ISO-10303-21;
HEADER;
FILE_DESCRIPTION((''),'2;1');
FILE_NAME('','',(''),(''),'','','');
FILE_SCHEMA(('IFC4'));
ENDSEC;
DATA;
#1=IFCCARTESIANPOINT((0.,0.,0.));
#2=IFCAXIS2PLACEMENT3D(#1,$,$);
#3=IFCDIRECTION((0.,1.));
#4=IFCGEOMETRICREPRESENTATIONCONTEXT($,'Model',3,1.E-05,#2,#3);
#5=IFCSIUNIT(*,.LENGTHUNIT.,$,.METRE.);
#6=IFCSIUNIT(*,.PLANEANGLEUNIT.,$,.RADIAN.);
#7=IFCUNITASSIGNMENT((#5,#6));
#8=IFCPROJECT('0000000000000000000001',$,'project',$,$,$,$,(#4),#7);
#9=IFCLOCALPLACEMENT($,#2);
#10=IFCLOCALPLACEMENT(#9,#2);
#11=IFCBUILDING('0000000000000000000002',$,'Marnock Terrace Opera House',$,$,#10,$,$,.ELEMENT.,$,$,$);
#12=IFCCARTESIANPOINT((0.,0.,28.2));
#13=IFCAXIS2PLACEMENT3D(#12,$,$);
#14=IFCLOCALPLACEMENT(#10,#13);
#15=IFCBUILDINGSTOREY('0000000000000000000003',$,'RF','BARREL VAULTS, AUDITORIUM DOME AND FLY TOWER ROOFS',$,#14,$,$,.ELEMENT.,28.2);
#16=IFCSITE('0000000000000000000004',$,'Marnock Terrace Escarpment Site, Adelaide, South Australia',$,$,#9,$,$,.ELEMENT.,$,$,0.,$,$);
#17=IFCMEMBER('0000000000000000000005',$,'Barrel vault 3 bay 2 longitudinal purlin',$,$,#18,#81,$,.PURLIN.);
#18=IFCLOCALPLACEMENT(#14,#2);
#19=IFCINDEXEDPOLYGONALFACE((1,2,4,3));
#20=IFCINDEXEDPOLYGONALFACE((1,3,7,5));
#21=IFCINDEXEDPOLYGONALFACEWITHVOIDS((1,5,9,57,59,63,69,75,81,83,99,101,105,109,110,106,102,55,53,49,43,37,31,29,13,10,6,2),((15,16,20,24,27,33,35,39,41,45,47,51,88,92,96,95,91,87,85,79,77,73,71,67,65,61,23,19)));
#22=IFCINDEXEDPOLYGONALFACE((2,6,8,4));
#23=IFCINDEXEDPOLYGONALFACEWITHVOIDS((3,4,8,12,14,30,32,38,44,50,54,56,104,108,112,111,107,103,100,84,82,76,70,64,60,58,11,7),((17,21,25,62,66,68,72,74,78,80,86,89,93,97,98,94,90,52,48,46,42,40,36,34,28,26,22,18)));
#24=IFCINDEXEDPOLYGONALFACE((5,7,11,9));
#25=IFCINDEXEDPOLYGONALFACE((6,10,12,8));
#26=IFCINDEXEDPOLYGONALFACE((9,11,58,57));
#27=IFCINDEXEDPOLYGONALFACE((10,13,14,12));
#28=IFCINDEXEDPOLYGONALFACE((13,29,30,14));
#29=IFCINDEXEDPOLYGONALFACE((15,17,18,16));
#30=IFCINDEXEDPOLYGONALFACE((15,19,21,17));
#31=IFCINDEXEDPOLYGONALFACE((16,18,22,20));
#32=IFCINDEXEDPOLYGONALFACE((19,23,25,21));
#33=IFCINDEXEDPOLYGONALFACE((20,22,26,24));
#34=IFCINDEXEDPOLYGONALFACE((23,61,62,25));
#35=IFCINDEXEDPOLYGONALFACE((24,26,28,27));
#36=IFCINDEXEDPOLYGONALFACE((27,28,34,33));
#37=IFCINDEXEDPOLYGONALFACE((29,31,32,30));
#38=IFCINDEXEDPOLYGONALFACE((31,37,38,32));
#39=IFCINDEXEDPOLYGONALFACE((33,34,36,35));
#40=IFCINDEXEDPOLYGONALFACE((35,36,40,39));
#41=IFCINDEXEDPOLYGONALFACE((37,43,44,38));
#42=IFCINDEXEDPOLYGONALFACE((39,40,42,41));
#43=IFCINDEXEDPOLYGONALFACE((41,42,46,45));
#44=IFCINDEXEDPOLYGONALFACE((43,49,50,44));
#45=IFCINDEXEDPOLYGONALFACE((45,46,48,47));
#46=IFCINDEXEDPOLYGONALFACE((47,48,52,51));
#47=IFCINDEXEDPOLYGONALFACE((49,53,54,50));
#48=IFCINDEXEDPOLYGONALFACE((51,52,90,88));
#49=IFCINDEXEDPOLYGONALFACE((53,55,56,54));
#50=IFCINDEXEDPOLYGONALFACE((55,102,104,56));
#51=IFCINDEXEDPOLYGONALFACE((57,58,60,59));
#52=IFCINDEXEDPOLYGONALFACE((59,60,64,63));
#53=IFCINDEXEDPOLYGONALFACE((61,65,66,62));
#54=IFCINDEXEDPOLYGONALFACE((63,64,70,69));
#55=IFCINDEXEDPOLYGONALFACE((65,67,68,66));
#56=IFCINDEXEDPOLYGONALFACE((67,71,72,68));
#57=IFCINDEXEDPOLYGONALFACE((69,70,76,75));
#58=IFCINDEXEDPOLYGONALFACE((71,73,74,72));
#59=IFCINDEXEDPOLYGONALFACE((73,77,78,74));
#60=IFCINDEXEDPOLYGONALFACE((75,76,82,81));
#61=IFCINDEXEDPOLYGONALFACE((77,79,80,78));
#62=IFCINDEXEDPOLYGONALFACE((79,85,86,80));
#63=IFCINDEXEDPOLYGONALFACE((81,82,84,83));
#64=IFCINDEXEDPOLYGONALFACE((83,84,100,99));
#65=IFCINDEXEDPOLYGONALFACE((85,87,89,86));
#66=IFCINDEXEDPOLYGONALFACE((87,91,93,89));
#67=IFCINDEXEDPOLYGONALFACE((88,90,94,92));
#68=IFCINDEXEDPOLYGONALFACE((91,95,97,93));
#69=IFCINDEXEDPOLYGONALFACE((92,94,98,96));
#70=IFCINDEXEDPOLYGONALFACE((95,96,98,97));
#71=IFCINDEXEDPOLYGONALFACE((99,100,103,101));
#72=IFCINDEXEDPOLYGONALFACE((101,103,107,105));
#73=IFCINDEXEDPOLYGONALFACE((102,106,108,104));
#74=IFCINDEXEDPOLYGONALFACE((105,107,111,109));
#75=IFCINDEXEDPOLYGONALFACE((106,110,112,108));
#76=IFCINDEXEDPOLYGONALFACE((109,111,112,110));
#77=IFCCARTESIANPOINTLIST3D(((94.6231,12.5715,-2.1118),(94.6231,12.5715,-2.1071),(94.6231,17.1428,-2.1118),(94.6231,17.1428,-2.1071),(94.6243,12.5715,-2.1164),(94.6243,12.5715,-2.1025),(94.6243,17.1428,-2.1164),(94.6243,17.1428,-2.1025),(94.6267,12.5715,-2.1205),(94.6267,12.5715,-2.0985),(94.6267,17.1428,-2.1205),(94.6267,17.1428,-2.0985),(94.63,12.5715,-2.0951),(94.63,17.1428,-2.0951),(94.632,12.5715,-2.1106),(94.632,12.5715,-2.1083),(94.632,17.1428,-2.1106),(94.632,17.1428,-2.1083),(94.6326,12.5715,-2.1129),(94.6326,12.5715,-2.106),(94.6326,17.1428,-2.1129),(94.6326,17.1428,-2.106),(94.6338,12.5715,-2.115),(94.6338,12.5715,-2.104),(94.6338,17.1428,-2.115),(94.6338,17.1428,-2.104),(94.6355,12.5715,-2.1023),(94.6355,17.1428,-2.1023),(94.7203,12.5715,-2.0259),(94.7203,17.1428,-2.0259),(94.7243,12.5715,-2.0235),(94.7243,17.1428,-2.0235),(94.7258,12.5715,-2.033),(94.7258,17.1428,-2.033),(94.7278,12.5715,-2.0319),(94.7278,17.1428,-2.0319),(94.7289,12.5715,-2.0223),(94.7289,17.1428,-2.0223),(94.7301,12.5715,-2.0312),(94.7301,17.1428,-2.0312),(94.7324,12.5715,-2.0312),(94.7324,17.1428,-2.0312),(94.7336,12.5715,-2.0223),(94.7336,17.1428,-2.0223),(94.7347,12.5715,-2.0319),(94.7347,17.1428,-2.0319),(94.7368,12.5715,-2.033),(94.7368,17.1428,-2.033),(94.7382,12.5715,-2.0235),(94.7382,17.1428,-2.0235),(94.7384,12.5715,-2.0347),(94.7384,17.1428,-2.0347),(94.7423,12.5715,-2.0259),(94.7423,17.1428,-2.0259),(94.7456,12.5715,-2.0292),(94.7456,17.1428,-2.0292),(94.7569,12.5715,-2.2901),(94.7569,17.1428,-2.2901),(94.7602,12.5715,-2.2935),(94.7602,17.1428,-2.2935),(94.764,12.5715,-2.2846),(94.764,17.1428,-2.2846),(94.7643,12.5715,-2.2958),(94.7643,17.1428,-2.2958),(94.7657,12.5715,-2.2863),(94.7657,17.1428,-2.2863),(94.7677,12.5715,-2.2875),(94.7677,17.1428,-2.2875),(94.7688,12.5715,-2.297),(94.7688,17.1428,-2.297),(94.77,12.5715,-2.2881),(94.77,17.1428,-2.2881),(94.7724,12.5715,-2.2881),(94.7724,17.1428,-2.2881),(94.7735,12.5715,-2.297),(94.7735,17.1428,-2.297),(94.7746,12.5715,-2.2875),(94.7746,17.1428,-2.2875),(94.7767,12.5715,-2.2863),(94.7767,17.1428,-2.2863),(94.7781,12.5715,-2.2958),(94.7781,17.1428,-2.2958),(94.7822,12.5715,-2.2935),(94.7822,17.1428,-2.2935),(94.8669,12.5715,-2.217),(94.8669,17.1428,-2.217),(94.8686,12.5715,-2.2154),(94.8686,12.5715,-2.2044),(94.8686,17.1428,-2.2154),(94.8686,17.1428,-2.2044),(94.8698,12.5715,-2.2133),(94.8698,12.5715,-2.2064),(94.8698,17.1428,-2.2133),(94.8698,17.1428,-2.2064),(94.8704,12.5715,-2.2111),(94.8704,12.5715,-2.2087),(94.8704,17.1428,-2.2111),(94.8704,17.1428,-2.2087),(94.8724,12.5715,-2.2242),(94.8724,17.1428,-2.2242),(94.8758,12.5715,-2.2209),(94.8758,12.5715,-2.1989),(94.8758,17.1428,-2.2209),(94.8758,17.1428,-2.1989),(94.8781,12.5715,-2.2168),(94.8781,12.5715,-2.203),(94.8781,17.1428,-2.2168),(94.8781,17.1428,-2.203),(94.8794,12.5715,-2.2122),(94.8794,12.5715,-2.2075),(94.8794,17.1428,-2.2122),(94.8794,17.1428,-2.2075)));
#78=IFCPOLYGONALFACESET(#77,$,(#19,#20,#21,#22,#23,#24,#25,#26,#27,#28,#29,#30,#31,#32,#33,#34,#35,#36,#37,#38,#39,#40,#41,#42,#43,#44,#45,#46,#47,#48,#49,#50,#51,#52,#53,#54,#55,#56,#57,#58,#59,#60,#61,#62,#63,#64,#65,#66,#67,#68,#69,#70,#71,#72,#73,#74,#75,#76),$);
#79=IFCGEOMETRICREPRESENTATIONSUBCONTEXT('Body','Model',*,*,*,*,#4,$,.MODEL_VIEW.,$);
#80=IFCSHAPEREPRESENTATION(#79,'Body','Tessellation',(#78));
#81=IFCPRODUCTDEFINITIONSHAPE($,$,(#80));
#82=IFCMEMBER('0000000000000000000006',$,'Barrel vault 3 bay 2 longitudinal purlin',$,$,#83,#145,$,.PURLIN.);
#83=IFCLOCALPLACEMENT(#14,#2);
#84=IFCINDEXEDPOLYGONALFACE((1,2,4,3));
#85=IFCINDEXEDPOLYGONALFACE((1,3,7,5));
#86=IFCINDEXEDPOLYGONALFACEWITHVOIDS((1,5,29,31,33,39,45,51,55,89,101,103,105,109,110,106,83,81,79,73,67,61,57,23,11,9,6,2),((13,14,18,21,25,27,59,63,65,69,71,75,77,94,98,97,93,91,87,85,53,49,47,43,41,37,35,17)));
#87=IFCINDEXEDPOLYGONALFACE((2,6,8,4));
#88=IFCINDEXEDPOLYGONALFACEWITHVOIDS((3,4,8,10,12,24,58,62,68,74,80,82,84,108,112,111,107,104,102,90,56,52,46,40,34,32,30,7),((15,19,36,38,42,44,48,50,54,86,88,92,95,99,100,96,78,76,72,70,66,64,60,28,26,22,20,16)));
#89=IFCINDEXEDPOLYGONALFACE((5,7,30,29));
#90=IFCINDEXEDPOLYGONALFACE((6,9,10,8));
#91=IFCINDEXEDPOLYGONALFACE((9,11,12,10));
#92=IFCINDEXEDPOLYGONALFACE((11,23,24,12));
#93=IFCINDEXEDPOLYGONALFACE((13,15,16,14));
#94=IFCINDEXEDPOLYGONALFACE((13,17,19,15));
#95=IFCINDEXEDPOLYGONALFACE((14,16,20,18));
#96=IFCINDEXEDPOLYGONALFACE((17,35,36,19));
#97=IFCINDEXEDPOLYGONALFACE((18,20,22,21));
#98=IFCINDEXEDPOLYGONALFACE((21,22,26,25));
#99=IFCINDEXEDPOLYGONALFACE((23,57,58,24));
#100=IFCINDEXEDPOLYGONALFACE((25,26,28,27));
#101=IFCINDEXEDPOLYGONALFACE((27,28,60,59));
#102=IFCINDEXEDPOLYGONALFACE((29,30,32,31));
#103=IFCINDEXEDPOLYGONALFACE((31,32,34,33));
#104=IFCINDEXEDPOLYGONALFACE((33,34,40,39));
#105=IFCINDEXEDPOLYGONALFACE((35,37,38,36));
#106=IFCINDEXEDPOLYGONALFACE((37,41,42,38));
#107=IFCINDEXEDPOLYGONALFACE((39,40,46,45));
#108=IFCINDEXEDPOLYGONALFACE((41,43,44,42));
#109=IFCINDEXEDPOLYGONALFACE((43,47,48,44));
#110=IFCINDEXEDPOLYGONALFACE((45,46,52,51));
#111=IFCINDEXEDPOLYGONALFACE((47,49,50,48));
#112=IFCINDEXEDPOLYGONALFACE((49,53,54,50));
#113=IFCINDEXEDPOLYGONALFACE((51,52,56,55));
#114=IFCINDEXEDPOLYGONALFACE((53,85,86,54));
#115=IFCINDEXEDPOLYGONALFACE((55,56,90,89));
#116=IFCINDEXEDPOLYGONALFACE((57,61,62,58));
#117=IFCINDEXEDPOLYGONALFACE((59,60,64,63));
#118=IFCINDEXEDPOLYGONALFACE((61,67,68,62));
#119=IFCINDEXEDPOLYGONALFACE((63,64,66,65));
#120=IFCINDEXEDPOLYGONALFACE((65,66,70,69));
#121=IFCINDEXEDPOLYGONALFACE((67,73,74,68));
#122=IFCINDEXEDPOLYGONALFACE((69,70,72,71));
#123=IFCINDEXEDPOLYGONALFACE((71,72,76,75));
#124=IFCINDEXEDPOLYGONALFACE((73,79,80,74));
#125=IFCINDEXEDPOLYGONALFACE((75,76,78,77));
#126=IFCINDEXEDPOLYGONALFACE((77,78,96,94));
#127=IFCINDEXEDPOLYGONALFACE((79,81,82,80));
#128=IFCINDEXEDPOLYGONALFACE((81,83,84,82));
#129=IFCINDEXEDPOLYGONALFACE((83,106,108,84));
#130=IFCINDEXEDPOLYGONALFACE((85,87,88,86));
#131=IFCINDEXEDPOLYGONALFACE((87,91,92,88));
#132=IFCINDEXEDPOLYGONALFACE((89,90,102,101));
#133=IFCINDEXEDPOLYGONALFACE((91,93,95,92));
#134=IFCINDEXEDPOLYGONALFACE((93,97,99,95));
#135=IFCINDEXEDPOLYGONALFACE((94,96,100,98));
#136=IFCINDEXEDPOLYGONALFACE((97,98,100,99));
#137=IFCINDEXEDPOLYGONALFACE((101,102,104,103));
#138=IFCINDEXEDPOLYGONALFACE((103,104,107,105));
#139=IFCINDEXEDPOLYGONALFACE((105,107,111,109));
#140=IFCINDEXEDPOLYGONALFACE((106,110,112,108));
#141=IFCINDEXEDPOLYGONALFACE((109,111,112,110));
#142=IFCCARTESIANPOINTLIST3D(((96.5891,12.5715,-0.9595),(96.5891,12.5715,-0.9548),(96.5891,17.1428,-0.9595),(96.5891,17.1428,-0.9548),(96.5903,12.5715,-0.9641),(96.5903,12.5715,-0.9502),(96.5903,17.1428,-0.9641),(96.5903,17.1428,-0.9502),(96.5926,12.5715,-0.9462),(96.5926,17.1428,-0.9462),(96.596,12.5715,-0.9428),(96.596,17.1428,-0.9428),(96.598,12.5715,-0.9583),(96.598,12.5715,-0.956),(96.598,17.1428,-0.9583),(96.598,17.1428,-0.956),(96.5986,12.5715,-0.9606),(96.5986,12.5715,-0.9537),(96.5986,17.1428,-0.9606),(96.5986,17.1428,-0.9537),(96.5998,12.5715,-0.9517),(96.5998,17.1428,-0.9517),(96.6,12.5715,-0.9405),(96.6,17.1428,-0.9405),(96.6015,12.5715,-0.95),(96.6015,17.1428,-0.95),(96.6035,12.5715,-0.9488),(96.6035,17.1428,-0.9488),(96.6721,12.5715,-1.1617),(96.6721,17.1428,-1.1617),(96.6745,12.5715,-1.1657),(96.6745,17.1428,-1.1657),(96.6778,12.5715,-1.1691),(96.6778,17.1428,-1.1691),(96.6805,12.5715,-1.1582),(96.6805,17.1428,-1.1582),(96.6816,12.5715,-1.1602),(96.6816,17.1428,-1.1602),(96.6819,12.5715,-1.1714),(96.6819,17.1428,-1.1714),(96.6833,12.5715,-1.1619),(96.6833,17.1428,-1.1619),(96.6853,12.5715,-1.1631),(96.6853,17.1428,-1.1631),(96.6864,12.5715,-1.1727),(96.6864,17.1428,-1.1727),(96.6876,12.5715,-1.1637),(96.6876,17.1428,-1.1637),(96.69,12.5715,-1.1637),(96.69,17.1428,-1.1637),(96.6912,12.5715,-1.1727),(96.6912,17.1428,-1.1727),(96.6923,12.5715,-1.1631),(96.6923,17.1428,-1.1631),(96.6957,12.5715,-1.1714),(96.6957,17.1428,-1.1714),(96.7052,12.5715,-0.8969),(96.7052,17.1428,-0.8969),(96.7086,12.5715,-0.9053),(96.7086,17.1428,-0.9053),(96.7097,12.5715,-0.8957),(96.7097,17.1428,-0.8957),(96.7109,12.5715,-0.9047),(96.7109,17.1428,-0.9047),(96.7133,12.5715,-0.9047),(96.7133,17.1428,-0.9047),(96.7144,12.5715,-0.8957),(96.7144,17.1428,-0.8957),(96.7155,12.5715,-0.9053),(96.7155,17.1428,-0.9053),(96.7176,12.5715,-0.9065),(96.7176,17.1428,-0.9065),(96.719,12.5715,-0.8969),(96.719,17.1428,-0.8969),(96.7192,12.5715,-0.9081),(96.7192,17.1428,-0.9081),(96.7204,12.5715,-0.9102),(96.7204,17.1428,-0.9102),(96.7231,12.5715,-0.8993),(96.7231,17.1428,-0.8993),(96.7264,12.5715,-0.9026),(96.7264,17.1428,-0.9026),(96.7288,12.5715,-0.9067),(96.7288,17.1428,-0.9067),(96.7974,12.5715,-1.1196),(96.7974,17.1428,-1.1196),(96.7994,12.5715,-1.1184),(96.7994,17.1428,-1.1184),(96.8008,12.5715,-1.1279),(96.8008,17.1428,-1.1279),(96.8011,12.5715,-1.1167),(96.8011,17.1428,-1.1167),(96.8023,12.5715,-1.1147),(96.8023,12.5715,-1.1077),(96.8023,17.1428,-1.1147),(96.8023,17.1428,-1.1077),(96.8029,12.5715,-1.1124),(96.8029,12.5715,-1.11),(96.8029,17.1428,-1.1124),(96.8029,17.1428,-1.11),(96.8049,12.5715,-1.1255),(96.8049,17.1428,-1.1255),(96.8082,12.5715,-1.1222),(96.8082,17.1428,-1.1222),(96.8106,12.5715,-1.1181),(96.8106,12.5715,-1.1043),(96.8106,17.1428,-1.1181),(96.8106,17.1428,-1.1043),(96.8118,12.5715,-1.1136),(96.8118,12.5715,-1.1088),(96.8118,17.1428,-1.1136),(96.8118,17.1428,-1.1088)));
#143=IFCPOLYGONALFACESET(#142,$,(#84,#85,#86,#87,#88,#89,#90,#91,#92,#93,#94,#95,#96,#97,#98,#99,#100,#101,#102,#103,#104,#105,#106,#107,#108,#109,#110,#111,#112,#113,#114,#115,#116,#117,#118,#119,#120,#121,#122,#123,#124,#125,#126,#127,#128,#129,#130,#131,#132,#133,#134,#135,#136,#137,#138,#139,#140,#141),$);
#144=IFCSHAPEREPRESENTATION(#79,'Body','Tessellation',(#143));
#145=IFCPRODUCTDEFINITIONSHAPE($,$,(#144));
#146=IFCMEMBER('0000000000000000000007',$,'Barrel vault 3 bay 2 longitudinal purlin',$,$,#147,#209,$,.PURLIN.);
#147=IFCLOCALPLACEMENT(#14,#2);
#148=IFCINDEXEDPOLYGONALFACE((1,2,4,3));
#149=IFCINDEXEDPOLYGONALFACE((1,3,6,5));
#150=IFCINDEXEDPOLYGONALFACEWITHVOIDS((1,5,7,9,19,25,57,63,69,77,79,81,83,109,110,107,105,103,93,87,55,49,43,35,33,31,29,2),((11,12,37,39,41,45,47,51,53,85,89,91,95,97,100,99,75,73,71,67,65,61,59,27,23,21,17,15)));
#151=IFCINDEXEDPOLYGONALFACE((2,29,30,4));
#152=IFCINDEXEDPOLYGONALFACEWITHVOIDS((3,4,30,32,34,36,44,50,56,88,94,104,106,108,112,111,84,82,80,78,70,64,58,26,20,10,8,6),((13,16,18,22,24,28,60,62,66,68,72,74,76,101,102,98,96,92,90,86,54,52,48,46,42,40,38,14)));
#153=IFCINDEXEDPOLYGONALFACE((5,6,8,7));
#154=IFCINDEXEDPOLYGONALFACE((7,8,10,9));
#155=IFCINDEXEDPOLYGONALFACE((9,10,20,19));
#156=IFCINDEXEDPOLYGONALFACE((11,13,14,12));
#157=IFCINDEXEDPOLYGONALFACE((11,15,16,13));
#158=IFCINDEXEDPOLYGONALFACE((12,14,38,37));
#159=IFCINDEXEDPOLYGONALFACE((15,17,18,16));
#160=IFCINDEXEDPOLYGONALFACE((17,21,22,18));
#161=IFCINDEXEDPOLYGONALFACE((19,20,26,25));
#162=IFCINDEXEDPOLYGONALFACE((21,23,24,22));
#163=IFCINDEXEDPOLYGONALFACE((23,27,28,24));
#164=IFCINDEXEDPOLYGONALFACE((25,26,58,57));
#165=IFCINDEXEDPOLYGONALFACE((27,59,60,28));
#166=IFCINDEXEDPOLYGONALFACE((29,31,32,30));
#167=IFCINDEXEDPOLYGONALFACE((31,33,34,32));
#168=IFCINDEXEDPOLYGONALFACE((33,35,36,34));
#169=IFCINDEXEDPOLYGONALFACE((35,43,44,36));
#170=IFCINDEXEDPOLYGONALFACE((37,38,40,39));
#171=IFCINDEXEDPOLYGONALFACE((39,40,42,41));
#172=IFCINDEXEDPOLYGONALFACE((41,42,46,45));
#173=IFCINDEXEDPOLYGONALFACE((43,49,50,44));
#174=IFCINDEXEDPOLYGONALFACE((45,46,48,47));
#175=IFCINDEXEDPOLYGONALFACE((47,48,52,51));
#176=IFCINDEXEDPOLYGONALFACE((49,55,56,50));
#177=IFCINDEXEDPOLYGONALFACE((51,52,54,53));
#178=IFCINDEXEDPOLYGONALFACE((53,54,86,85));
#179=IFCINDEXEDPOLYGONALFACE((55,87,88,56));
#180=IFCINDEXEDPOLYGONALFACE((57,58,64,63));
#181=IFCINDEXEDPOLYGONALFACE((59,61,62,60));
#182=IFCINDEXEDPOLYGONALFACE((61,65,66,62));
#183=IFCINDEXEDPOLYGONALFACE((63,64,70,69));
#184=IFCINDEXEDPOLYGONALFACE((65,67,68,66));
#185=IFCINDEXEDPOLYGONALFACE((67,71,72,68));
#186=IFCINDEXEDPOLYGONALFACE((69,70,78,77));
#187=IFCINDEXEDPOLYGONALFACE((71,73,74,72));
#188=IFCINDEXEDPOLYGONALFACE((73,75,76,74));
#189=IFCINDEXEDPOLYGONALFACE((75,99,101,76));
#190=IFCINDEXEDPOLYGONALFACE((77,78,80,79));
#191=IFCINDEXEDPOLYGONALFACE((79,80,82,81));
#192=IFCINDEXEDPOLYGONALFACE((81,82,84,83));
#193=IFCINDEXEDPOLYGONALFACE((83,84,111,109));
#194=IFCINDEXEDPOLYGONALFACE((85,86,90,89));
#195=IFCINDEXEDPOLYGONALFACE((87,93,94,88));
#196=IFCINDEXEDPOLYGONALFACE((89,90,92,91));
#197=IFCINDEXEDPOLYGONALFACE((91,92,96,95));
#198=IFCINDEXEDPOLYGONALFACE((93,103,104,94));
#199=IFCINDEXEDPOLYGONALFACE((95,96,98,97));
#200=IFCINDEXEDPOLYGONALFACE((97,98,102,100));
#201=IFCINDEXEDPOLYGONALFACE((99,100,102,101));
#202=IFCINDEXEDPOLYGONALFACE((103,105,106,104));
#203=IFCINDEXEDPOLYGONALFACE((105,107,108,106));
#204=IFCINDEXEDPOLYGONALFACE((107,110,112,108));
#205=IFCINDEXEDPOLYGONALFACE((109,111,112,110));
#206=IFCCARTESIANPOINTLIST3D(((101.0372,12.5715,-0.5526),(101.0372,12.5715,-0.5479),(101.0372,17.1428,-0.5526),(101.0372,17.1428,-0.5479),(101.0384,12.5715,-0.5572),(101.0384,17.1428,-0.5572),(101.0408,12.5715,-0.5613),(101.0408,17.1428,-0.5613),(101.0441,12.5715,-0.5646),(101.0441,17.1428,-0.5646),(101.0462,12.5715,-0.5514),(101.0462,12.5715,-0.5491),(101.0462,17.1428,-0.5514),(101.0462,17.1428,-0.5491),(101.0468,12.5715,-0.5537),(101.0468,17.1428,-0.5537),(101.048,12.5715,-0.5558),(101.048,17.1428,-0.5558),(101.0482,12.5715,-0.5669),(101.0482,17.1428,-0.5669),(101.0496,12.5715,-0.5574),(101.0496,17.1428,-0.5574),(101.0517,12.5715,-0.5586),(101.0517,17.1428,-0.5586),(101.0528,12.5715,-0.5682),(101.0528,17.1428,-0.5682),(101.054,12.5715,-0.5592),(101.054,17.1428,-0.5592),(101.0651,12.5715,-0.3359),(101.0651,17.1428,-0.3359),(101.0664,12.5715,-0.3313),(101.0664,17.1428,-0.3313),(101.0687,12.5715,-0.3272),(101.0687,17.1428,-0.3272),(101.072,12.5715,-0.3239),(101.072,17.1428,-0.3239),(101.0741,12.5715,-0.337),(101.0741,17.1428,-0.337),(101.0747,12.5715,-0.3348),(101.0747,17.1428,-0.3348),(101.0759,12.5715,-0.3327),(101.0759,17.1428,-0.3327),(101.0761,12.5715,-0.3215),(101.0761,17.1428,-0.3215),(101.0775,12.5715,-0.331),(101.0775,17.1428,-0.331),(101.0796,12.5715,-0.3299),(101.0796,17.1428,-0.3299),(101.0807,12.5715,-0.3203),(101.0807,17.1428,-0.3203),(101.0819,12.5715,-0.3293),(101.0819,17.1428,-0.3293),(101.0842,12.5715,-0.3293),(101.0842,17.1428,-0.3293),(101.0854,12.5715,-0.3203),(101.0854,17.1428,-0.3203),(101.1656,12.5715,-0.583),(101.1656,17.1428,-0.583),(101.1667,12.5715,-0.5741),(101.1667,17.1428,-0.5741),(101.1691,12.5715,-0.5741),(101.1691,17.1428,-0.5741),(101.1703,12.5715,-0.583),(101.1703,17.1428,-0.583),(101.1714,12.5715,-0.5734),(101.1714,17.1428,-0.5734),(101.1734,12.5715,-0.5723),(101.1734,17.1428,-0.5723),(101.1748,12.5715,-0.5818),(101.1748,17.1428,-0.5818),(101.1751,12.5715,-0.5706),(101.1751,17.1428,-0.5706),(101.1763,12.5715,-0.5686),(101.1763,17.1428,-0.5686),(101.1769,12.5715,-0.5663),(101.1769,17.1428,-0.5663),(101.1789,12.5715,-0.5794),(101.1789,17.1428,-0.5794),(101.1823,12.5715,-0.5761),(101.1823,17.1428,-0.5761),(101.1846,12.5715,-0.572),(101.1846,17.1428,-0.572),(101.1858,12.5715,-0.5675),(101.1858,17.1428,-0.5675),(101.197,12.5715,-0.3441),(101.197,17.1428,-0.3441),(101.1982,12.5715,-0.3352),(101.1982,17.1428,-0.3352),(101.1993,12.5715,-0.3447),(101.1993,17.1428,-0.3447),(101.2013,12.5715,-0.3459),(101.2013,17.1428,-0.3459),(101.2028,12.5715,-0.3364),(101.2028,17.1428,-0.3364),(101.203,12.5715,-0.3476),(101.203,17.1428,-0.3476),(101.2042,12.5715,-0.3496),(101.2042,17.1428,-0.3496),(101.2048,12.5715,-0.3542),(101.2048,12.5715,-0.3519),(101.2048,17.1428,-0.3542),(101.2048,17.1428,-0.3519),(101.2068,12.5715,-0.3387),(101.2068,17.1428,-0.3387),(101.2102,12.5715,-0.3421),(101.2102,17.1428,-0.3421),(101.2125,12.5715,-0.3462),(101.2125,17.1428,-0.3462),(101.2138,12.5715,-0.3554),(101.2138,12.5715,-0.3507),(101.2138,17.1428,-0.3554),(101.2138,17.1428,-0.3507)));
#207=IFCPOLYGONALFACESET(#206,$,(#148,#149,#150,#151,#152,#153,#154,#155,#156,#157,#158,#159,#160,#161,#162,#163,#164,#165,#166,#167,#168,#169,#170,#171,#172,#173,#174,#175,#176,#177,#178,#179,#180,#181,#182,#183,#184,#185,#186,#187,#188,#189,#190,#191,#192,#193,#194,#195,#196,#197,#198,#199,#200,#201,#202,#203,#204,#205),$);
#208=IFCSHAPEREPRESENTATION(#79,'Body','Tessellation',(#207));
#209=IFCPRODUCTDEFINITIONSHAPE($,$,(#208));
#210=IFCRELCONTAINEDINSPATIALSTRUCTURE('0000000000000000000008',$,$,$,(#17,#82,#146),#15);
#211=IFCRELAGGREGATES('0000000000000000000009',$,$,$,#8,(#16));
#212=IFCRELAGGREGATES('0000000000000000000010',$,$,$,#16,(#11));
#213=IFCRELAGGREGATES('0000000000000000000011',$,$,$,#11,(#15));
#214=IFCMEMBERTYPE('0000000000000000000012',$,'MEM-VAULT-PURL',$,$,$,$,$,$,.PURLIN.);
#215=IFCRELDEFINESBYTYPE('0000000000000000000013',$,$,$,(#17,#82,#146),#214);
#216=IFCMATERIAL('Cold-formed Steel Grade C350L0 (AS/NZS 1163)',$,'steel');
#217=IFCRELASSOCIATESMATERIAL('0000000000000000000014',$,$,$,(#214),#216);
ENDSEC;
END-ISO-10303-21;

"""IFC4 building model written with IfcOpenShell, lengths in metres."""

from ifc_helpers import new_model, si_unit, direction, frame, origin, origin_2d, place, context, subcontext, project, spatial, hollow_rectangle, extrude, material, material_profile, profile_set, type_object, element, save


model = new_model("IFC4")

# Units and contexts
model_context = context("Model", 3, precision=1e-05, world=origin(), true_north=direction((0.0, 1.0)))
body_context = subcontext(model_context, "Body", "Model", "MODEL_VIEW")
ifc_project = project(units=[si_unit("LENGTHUNIT", "METRE"), si_unit("PLANEANGLEUNIT", "RADIAN")], contexts=[model_context])

# Site, building, storey
site_placement = place(None, origin())
site = spatial("IfcSite", under=ifc_project, at=site_placement, Name="Marnock Terrace Escarpment Site, Adelaide, South Australia", CompositionType="ELEMENT", RefElevation=0.0)
building_placement = place(site_placement, origin())
building = spatial("IfcBuilding", under=site, at=building_placement, Name="Marnock Terrace Opera House", CompositionType="ELEMENT")
storey_placement = place(building_placement, frame((0.0, 0.0, 28.2)))
storey = spatial("IfcBuildingStorey", under=building, at=storey_placement, Name="RF", Description="BARREL VAULTS, AUDITORIUM DOME AND FLY TOWER ROOFS", CompositionType="ELEMENT", Elevation=28.2)

# Members
ifc_material_1 = material(Name="Cold-formed Steel Grade C350L0 (AS/NZS 1163)", Category="steel")
ifc_material_profile_1 = material_profile(ifc_material_1, hollow_rectangle(XDim=0.1499, YDim=0.25, WallThickness=0.009, InnerFilletRadius=0.009, OuterFilletRadius=0.0181, at=origin_2d()))
ifc_profile_set_1 = profile_set([ifc_material_profile_1], Name="Cold-formed Steel Grade C350L0 (AS/NZS 1163)")
member_type_1 = type_object("IfcMemberType", Name="MEM-VAULT-PURL", PredefinedType="PURLIN", material=ifc_profile_set_1)
for number, where, z_axis, x_axis, name in (
    (1, (94.7512, 12.5715, -2.1597), (0.0, 1.0, 0.0), (-0.793353, 0.0, -0.608761), "Barrel vault 3 bay 2 longitudinal purlin"),
    (2, (96.7004, 12.5715, -1.0342), (0.0, 1.0, 0.0), (-0.92388, 0.0, -0.382683), "Barrel vault 3 bay 2 longitudinal purlin"),
    (3, (101.1255, 12.5715, -0.4517), (0.0, 1.0, 0.0), (-0.991445, 0.0, 0.130526), "Barrel vault 3 bay 2 longitudinal purlin"),
):
    element("IfcMember", number, at=place(storey_placement, frame(where, z_axis=z_axis, x_axis=x_axis)), inside=storey, type_object=member_type_1, Name=name, PredefinedType="PURLIN", context=body_context, shape_type="SweptSolid", body=[
        extrude(hollow_rectangle(XDim=0.1499, YDim=0.25, WallThickness=0.009, InnerFilletRadius=0.009, OuterFilletRadius=0.0181, at=origin_2d()), origin(), (0.0, 0.0, 1.0), 4.5713),
    ])

save(model, "model.ifc")
